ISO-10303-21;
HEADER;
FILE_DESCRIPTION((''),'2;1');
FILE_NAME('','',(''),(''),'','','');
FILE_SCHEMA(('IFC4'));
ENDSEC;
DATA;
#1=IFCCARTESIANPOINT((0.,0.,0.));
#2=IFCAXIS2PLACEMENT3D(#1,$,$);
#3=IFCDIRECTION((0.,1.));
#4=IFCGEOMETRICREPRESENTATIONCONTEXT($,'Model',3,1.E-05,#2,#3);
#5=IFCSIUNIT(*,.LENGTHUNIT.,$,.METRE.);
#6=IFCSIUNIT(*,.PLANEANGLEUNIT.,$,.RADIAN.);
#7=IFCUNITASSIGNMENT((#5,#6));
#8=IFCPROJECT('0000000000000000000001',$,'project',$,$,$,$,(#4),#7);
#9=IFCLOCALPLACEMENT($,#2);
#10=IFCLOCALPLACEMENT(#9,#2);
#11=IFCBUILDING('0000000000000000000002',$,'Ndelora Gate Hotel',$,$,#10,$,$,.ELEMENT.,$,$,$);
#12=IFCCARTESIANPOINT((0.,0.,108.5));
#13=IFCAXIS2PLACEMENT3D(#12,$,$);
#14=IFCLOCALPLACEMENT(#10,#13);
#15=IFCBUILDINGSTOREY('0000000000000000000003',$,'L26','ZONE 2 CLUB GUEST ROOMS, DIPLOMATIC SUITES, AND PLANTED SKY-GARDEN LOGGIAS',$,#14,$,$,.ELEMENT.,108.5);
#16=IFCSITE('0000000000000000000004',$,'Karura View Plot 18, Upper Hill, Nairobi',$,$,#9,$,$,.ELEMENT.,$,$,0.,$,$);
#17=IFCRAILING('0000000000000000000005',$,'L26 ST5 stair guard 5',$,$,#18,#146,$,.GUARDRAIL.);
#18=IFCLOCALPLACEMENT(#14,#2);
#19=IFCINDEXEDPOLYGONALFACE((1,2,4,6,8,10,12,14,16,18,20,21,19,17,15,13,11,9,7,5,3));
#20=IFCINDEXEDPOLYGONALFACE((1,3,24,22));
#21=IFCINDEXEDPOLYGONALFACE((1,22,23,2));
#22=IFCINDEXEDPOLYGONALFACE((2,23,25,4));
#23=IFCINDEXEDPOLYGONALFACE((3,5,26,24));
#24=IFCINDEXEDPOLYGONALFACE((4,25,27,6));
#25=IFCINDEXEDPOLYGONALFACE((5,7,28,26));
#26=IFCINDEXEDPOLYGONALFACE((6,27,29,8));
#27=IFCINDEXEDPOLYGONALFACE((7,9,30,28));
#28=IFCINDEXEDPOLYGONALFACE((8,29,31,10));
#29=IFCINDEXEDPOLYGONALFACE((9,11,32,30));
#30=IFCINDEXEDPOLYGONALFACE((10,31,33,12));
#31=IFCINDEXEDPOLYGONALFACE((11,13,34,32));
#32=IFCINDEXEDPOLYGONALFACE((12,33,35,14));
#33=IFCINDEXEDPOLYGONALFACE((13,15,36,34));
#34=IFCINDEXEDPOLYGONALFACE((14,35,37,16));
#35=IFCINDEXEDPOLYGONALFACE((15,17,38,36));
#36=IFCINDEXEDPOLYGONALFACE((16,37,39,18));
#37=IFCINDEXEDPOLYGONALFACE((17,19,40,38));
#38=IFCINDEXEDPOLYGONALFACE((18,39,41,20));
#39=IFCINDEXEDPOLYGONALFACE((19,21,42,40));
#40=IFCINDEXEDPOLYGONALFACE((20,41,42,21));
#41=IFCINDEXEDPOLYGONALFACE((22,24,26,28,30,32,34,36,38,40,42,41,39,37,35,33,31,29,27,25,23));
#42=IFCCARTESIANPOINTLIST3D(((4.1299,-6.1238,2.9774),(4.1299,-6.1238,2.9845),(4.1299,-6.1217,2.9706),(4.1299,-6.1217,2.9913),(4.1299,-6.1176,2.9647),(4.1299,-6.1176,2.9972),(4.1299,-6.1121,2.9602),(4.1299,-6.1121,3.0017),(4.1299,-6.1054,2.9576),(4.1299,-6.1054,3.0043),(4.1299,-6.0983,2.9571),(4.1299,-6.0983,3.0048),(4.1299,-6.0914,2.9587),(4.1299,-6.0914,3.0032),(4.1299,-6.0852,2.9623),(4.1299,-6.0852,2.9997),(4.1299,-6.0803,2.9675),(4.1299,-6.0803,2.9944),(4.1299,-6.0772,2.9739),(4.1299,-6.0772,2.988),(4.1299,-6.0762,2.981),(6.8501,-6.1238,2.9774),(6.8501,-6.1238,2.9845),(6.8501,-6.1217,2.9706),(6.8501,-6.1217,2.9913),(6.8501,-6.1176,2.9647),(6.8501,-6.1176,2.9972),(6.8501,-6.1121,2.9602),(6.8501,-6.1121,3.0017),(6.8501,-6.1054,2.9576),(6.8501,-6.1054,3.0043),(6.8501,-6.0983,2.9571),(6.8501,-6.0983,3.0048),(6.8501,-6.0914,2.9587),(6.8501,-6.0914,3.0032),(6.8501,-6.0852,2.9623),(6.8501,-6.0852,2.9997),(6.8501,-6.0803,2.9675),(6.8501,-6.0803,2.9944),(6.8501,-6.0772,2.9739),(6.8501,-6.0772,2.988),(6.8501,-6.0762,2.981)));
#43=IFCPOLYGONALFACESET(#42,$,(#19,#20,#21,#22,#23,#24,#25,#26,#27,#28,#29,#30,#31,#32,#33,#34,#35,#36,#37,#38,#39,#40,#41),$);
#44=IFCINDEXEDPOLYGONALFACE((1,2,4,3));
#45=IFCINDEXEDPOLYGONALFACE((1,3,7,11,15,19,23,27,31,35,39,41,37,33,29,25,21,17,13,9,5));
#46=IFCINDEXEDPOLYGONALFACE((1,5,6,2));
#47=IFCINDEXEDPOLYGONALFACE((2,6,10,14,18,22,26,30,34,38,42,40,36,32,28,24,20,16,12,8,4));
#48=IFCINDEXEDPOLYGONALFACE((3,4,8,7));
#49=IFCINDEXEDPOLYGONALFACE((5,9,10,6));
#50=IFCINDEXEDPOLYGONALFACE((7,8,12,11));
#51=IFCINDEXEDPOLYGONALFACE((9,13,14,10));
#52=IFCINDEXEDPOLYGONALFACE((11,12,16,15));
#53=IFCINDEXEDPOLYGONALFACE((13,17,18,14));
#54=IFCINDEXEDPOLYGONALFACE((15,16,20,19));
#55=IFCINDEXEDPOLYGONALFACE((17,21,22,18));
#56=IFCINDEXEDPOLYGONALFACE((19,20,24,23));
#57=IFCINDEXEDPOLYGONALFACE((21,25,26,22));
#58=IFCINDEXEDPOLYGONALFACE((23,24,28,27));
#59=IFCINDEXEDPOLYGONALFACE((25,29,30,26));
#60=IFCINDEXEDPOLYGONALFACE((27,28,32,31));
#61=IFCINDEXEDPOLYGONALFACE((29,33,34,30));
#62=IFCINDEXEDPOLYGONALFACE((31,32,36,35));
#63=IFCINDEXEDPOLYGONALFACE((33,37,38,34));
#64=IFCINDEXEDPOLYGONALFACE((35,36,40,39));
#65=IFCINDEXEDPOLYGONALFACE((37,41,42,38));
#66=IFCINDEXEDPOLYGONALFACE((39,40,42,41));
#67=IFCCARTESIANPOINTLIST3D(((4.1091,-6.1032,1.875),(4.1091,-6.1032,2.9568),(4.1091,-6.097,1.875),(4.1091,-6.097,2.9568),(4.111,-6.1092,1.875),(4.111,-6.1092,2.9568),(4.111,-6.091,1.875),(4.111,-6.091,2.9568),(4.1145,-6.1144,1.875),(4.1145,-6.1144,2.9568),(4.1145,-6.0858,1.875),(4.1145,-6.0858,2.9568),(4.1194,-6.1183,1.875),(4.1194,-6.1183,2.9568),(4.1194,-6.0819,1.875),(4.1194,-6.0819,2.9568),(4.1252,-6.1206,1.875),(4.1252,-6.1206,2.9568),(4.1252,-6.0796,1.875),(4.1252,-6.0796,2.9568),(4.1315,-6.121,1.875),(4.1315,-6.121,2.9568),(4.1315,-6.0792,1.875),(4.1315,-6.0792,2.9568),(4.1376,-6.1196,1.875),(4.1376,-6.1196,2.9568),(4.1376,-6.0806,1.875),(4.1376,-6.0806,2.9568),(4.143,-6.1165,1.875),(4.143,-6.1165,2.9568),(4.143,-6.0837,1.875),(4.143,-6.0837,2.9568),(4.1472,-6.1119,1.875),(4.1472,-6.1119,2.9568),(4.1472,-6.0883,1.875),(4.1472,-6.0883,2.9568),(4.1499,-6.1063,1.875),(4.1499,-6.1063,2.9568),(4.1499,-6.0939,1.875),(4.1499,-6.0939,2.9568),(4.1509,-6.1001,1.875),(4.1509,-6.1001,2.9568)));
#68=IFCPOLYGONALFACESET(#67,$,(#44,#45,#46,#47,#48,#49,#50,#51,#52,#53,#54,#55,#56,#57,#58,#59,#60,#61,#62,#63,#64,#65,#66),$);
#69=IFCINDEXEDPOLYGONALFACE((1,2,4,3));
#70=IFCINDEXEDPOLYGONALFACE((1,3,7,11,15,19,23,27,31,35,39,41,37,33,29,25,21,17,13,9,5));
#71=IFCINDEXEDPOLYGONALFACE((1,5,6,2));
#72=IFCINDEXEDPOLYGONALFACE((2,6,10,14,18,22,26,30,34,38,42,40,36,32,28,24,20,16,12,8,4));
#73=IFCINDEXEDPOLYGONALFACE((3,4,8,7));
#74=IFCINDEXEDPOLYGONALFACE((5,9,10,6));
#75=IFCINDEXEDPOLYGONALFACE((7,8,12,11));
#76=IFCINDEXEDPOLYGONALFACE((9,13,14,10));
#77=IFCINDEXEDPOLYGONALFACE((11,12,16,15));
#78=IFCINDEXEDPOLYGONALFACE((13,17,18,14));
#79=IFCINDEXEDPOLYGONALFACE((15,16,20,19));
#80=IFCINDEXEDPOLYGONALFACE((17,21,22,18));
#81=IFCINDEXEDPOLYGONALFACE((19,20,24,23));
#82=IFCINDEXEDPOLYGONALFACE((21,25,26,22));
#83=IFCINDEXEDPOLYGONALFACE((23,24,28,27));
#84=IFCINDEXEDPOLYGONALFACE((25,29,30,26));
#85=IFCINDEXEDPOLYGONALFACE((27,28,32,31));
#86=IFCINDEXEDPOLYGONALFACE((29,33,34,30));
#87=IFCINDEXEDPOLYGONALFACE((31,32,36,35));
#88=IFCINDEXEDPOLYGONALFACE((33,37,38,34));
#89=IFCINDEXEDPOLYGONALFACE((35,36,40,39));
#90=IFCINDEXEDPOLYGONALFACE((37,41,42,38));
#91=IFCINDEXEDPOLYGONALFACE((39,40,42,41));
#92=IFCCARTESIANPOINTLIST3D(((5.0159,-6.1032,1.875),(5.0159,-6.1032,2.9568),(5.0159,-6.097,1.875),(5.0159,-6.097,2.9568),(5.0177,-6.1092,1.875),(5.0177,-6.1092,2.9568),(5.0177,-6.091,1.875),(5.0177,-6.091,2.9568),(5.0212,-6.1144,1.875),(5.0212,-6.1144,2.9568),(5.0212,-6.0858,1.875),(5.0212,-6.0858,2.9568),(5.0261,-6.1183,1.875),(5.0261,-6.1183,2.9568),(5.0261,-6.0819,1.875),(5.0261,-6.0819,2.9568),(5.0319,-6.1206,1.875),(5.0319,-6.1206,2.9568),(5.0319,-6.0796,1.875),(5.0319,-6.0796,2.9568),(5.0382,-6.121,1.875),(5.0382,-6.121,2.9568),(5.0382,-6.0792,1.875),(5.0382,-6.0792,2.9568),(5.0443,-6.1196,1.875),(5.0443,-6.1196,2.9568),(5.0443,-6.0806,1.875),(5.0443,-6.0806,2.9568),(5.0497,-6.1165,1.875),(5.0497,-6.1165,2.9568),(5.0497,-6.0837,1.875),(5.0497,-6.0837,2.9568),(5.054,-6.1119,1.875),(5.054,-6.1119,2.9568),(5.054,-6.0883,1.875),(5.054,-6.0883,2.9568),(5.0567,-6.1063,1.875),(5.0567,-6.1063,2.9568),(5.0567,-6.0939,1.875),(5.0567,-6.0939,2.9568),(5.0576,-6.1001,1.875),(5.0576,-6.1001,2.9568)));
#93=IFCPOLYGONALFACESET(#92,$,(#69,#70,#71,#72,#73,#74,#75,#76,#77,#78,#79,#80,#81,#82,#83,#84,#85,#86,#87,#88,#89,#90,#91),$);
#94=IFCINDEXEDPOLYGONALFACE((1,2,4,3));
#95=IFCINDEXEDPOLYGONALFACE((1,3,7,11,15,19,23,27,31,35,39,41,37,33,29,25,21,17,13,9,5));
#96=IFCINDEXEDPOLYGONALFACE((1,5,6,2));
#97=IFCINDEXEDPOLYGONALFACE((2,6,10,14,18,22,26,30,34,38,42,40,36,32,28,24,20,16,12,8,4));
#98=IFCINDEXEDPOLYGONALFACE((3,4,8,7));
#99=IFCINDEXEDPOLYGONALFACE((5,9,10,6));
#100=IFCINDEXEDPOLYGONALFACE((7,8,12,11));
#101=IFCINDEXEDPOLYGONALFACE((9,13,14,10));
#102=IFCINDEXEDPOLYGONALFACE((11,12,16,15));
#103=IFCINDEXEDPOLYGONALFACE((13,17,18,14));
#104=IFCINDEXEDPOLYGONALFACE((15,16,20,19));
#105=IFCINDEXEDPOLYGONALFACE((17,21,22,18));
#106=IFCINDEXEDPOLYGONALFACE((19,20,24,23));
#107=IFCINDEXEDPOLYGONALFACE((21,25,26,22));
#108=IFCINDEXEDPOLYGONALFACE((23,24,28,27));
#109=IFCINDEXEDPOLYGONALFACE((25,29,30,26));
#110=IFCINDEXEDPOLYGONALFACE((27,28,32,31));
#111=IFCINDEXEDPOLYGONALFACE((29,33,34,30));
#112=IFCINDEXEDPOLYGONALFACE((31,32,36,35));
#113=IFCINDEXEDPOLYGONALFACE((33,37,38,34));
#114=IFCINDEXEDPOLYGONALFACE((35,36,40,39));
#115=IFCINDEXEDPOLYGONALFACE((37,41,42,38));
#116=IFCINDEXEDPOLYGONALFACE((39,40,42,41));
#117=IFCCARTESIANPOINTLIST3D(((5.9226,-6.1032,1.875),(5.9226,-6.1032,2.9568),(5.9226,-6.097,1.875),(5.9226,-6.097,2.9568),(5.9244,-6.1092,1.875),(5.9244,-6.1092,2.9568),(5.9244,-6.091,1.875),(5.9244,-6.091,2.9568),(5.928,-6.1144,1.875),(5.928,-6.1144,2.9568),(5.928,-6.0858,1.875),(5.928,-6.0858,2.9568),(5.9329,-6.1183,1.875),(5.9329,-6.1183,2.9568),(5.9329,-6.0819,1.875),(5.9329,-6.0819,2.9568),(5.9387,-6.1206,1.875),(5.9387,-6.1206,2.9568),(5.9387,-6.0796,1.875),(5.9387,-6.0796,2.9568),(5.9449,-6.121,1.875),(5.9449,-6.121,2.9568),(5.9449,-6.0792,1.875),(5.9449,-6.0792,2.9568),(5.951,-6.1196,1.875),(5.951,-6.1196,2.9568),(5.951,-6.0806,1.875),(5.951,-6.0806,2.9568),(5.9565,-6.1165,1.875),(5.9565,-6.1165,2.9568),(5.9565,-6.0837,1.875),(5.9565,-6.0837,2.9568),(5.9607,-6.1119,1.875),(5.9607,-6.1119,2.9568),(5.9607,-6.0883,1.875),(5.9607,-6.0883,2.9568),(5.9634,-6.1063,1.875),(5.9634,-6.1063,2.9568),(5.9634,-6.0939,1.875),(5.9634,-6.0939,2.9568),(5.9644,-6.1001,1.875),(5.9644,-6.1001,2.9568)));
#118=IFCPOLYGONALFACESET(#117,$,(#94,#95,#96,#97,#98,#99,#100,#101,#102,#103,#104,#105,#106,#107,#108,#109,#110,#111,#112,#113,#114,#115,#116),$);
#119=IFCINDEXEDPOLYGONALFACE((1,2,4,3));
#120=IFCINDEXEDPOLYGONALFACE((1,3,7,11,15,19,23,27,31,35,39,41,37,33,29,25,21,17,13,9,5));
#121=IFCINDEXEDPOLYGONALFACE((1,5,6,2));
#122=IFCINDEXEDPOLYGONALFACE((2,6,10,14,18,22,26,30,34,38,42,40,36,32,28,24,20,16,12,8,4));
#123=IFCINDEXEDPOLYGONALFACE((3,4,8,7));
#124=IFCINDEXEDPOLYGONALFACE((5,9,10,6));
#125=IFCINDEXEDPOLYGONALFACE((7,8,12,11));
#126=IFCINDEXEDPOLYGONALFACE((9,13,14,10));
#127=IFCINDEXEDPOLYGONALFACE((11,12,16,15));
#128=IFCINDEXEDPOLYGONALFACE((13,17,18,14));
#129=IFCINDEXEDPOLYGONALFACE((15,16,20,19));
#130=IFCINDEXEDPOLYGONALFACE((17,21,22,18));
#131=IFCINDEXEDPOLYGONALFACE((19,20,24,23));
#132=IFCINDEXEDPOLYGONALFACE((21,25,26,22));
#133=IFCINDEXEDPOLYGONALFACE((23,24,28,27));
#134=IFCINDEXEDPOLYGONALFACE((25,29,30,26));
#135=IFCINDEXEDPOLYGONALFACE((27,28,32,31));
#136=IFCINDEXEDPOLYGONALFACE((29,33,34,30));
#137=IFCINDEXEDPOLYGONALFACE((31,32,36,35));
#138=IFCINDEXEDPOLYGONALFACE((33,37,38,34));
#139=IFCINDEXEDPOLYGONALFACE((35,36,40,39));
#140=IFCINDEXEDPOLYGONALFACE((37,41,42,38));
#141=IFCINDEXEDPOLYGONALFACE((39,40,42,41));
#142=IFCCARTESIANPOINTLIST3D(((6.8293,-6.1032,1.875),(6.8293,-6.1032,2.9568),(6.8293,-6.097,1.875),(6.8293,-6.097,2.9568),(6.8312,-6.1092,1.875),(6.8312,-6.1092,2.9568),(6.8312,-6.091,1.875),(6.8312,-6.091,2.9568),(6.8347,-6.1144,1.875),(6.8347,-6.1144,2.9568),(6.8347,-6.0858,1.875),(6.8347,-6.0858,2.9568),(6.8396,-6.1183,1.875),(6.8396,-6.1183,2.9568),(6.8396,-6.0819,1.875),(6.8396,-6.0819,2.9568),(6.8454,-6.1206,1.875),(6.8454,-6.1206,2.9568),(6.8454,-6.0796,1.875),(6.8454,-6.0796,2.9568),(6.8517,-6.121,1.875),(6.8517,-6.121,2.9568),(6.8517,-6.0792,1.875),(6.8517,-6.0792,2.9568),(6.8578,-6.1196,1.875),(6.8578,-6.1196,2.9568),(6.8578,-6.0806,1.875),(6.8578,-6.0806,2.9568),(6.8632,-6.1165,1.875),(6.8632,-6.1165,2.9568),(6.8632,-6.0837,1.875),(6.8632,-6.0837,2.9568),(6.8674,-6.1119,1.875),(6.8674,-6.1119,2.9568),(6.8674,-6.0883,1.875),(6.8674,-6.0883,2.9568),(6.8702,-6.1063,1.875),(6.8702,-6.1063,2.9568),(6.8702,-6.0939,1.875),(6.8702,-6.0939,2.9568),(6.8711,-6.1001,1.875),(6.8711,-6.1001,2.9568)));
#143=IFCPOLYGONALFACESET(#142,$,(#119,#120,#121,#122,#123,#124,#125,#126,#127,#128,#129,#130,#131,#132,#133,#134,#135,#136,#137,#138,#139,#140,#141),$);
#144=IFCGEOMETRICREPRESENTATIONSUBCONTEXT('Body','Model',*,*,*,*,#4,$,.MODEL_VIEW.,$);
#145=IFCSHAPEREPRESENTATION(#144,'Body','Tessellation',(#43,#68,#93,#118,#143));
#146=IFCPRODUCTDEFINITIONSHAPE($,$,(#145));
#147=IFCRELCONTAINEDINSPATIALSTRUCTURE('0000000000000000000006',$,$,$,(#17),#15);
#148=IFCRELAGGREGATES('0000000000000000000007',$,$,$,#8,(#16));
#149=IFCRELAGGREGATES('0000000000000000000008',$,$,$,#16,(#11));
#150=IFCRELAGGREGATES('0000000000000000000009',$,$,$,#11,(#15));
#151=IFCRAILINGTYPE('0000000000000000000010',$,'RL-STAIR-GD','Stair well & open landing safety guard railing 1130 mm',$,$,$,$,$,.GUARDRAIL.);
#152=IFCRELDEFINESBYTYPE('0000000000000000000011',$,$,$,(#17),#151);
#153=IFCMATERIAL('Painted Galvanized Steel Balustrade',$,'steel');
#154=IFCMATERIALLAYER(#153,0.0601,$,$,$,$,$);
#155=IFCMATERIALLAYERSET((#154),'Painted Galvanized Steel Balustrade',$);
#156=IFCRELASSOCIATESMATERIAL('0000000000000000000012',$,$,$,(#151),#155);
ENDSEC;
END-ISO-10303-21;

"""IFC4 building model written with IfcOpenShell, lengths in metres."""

from ifc_helpers import new_model, si_unit, direction, frame, origin, origin_2d, place, context, subcontext, project, spatial, circle, extrude, material, layer, layer_set, type_object, element, save


model = new_model("IFC4")

# Units and contexts
model_context = context("Model", 3, precision=1e-05, world=origin(), true_north=direction((0.0, 1.0)))
body_context = subcontext(model_context, "Body", "Model", "MODEL_VIEW")
ifc_project = project(units=[si_unit("LENGTHUNIT", "METRE"), si_unit("PLANEANGLEUNIT", "RADIAN")], contexts=[model_context])

# Site, building, storey
site_placement = place(None, origin())
site = spatial("IfcSite", under=ifc_project, at=site_placement, Name="Karura View Plot 18, Upper Hill, Nairobi", CompositionType="ELEMENT", RefElevation=0.0)
building_placement = place(site_placement, origin())
building = spatial("IfcBuilding", under=site, at=building_placement, Name="Ndelora Gate Hotel", CompositionType="ELEMENT")
storey_placement = place(building_placement, frame((0.0, 0.0, 108.5)))
storey = spatial("IfcBuildingStorey", under=building, at=storey_placement, Name="L26", Description="ZONE 2 CLUB GUEST ROOMS, DIPLOMATIC SUITES, AND PLANTED SKY-GARDEN LOGGIAS", CompositionType="ELEMENT", Elevation=108.5)

# Railing
ifc_material_1 = material(Name="Painted Galvanized Steel Balustrade", Category="steel")
ifc_layer_1 = layer(ifc_material_1, 0.0601)
ifc_layer_set_1 = layer_set([ifc_layer_1], Name="Painted Galvanized Steel Balustrade")
railing_type_1 = type_object("IfcRailingType", Name="RL-STAIR-GD", Description="Stair well & open landing safety guard railing 1130 mm", PredefinedType="GUARDRAIL", material=ifc_layer_set_1)
railing_1_placement = place(storey_placement, frame((4.1299, -6.1001, 1.875)))
element("IfcRailing", 1, at=railing_1_placement, inside=storey, type_object=railing_type_1, Name="L26 ST5 stair guard 5", PredefinedType="GUARDRAIL", context=body_context, shape_type="SweptSolid", body=[
    extrude(circle(Radius=0.0239, at=origin_2d()), frame((0.0, 0.0, 1.106), z_axis=(1.0, 0.0, 0.0), x_axis=(0.0, 1.0, 0.0)), (0.0, 0.0, 1.0), 2.7202),
    extrude(circle(Radius=0.021, at=origin_2d()), origin(), (0.0, 0.0, 1.0), 1.0818),
    extrude(circle(Radius=0.021, at=origin_2d()), frame((0.9067, 0.0, 0.0)), (0.0, 0.0, 1.0), 1.0818),
    extrude(circle(Radius=0.021, at=origin_2d()), frame((1.8135, 0.0, 0.0)), (0.0, 0.0, 1.0), 1.0818),
    extrude(circle(Radius=0.021, at=origin_2d()), frame((2.7202, 0.0, 0.0)), (0.0, 0.0, 1.0), 1.0818),
])

save(model, "model.ifc")
